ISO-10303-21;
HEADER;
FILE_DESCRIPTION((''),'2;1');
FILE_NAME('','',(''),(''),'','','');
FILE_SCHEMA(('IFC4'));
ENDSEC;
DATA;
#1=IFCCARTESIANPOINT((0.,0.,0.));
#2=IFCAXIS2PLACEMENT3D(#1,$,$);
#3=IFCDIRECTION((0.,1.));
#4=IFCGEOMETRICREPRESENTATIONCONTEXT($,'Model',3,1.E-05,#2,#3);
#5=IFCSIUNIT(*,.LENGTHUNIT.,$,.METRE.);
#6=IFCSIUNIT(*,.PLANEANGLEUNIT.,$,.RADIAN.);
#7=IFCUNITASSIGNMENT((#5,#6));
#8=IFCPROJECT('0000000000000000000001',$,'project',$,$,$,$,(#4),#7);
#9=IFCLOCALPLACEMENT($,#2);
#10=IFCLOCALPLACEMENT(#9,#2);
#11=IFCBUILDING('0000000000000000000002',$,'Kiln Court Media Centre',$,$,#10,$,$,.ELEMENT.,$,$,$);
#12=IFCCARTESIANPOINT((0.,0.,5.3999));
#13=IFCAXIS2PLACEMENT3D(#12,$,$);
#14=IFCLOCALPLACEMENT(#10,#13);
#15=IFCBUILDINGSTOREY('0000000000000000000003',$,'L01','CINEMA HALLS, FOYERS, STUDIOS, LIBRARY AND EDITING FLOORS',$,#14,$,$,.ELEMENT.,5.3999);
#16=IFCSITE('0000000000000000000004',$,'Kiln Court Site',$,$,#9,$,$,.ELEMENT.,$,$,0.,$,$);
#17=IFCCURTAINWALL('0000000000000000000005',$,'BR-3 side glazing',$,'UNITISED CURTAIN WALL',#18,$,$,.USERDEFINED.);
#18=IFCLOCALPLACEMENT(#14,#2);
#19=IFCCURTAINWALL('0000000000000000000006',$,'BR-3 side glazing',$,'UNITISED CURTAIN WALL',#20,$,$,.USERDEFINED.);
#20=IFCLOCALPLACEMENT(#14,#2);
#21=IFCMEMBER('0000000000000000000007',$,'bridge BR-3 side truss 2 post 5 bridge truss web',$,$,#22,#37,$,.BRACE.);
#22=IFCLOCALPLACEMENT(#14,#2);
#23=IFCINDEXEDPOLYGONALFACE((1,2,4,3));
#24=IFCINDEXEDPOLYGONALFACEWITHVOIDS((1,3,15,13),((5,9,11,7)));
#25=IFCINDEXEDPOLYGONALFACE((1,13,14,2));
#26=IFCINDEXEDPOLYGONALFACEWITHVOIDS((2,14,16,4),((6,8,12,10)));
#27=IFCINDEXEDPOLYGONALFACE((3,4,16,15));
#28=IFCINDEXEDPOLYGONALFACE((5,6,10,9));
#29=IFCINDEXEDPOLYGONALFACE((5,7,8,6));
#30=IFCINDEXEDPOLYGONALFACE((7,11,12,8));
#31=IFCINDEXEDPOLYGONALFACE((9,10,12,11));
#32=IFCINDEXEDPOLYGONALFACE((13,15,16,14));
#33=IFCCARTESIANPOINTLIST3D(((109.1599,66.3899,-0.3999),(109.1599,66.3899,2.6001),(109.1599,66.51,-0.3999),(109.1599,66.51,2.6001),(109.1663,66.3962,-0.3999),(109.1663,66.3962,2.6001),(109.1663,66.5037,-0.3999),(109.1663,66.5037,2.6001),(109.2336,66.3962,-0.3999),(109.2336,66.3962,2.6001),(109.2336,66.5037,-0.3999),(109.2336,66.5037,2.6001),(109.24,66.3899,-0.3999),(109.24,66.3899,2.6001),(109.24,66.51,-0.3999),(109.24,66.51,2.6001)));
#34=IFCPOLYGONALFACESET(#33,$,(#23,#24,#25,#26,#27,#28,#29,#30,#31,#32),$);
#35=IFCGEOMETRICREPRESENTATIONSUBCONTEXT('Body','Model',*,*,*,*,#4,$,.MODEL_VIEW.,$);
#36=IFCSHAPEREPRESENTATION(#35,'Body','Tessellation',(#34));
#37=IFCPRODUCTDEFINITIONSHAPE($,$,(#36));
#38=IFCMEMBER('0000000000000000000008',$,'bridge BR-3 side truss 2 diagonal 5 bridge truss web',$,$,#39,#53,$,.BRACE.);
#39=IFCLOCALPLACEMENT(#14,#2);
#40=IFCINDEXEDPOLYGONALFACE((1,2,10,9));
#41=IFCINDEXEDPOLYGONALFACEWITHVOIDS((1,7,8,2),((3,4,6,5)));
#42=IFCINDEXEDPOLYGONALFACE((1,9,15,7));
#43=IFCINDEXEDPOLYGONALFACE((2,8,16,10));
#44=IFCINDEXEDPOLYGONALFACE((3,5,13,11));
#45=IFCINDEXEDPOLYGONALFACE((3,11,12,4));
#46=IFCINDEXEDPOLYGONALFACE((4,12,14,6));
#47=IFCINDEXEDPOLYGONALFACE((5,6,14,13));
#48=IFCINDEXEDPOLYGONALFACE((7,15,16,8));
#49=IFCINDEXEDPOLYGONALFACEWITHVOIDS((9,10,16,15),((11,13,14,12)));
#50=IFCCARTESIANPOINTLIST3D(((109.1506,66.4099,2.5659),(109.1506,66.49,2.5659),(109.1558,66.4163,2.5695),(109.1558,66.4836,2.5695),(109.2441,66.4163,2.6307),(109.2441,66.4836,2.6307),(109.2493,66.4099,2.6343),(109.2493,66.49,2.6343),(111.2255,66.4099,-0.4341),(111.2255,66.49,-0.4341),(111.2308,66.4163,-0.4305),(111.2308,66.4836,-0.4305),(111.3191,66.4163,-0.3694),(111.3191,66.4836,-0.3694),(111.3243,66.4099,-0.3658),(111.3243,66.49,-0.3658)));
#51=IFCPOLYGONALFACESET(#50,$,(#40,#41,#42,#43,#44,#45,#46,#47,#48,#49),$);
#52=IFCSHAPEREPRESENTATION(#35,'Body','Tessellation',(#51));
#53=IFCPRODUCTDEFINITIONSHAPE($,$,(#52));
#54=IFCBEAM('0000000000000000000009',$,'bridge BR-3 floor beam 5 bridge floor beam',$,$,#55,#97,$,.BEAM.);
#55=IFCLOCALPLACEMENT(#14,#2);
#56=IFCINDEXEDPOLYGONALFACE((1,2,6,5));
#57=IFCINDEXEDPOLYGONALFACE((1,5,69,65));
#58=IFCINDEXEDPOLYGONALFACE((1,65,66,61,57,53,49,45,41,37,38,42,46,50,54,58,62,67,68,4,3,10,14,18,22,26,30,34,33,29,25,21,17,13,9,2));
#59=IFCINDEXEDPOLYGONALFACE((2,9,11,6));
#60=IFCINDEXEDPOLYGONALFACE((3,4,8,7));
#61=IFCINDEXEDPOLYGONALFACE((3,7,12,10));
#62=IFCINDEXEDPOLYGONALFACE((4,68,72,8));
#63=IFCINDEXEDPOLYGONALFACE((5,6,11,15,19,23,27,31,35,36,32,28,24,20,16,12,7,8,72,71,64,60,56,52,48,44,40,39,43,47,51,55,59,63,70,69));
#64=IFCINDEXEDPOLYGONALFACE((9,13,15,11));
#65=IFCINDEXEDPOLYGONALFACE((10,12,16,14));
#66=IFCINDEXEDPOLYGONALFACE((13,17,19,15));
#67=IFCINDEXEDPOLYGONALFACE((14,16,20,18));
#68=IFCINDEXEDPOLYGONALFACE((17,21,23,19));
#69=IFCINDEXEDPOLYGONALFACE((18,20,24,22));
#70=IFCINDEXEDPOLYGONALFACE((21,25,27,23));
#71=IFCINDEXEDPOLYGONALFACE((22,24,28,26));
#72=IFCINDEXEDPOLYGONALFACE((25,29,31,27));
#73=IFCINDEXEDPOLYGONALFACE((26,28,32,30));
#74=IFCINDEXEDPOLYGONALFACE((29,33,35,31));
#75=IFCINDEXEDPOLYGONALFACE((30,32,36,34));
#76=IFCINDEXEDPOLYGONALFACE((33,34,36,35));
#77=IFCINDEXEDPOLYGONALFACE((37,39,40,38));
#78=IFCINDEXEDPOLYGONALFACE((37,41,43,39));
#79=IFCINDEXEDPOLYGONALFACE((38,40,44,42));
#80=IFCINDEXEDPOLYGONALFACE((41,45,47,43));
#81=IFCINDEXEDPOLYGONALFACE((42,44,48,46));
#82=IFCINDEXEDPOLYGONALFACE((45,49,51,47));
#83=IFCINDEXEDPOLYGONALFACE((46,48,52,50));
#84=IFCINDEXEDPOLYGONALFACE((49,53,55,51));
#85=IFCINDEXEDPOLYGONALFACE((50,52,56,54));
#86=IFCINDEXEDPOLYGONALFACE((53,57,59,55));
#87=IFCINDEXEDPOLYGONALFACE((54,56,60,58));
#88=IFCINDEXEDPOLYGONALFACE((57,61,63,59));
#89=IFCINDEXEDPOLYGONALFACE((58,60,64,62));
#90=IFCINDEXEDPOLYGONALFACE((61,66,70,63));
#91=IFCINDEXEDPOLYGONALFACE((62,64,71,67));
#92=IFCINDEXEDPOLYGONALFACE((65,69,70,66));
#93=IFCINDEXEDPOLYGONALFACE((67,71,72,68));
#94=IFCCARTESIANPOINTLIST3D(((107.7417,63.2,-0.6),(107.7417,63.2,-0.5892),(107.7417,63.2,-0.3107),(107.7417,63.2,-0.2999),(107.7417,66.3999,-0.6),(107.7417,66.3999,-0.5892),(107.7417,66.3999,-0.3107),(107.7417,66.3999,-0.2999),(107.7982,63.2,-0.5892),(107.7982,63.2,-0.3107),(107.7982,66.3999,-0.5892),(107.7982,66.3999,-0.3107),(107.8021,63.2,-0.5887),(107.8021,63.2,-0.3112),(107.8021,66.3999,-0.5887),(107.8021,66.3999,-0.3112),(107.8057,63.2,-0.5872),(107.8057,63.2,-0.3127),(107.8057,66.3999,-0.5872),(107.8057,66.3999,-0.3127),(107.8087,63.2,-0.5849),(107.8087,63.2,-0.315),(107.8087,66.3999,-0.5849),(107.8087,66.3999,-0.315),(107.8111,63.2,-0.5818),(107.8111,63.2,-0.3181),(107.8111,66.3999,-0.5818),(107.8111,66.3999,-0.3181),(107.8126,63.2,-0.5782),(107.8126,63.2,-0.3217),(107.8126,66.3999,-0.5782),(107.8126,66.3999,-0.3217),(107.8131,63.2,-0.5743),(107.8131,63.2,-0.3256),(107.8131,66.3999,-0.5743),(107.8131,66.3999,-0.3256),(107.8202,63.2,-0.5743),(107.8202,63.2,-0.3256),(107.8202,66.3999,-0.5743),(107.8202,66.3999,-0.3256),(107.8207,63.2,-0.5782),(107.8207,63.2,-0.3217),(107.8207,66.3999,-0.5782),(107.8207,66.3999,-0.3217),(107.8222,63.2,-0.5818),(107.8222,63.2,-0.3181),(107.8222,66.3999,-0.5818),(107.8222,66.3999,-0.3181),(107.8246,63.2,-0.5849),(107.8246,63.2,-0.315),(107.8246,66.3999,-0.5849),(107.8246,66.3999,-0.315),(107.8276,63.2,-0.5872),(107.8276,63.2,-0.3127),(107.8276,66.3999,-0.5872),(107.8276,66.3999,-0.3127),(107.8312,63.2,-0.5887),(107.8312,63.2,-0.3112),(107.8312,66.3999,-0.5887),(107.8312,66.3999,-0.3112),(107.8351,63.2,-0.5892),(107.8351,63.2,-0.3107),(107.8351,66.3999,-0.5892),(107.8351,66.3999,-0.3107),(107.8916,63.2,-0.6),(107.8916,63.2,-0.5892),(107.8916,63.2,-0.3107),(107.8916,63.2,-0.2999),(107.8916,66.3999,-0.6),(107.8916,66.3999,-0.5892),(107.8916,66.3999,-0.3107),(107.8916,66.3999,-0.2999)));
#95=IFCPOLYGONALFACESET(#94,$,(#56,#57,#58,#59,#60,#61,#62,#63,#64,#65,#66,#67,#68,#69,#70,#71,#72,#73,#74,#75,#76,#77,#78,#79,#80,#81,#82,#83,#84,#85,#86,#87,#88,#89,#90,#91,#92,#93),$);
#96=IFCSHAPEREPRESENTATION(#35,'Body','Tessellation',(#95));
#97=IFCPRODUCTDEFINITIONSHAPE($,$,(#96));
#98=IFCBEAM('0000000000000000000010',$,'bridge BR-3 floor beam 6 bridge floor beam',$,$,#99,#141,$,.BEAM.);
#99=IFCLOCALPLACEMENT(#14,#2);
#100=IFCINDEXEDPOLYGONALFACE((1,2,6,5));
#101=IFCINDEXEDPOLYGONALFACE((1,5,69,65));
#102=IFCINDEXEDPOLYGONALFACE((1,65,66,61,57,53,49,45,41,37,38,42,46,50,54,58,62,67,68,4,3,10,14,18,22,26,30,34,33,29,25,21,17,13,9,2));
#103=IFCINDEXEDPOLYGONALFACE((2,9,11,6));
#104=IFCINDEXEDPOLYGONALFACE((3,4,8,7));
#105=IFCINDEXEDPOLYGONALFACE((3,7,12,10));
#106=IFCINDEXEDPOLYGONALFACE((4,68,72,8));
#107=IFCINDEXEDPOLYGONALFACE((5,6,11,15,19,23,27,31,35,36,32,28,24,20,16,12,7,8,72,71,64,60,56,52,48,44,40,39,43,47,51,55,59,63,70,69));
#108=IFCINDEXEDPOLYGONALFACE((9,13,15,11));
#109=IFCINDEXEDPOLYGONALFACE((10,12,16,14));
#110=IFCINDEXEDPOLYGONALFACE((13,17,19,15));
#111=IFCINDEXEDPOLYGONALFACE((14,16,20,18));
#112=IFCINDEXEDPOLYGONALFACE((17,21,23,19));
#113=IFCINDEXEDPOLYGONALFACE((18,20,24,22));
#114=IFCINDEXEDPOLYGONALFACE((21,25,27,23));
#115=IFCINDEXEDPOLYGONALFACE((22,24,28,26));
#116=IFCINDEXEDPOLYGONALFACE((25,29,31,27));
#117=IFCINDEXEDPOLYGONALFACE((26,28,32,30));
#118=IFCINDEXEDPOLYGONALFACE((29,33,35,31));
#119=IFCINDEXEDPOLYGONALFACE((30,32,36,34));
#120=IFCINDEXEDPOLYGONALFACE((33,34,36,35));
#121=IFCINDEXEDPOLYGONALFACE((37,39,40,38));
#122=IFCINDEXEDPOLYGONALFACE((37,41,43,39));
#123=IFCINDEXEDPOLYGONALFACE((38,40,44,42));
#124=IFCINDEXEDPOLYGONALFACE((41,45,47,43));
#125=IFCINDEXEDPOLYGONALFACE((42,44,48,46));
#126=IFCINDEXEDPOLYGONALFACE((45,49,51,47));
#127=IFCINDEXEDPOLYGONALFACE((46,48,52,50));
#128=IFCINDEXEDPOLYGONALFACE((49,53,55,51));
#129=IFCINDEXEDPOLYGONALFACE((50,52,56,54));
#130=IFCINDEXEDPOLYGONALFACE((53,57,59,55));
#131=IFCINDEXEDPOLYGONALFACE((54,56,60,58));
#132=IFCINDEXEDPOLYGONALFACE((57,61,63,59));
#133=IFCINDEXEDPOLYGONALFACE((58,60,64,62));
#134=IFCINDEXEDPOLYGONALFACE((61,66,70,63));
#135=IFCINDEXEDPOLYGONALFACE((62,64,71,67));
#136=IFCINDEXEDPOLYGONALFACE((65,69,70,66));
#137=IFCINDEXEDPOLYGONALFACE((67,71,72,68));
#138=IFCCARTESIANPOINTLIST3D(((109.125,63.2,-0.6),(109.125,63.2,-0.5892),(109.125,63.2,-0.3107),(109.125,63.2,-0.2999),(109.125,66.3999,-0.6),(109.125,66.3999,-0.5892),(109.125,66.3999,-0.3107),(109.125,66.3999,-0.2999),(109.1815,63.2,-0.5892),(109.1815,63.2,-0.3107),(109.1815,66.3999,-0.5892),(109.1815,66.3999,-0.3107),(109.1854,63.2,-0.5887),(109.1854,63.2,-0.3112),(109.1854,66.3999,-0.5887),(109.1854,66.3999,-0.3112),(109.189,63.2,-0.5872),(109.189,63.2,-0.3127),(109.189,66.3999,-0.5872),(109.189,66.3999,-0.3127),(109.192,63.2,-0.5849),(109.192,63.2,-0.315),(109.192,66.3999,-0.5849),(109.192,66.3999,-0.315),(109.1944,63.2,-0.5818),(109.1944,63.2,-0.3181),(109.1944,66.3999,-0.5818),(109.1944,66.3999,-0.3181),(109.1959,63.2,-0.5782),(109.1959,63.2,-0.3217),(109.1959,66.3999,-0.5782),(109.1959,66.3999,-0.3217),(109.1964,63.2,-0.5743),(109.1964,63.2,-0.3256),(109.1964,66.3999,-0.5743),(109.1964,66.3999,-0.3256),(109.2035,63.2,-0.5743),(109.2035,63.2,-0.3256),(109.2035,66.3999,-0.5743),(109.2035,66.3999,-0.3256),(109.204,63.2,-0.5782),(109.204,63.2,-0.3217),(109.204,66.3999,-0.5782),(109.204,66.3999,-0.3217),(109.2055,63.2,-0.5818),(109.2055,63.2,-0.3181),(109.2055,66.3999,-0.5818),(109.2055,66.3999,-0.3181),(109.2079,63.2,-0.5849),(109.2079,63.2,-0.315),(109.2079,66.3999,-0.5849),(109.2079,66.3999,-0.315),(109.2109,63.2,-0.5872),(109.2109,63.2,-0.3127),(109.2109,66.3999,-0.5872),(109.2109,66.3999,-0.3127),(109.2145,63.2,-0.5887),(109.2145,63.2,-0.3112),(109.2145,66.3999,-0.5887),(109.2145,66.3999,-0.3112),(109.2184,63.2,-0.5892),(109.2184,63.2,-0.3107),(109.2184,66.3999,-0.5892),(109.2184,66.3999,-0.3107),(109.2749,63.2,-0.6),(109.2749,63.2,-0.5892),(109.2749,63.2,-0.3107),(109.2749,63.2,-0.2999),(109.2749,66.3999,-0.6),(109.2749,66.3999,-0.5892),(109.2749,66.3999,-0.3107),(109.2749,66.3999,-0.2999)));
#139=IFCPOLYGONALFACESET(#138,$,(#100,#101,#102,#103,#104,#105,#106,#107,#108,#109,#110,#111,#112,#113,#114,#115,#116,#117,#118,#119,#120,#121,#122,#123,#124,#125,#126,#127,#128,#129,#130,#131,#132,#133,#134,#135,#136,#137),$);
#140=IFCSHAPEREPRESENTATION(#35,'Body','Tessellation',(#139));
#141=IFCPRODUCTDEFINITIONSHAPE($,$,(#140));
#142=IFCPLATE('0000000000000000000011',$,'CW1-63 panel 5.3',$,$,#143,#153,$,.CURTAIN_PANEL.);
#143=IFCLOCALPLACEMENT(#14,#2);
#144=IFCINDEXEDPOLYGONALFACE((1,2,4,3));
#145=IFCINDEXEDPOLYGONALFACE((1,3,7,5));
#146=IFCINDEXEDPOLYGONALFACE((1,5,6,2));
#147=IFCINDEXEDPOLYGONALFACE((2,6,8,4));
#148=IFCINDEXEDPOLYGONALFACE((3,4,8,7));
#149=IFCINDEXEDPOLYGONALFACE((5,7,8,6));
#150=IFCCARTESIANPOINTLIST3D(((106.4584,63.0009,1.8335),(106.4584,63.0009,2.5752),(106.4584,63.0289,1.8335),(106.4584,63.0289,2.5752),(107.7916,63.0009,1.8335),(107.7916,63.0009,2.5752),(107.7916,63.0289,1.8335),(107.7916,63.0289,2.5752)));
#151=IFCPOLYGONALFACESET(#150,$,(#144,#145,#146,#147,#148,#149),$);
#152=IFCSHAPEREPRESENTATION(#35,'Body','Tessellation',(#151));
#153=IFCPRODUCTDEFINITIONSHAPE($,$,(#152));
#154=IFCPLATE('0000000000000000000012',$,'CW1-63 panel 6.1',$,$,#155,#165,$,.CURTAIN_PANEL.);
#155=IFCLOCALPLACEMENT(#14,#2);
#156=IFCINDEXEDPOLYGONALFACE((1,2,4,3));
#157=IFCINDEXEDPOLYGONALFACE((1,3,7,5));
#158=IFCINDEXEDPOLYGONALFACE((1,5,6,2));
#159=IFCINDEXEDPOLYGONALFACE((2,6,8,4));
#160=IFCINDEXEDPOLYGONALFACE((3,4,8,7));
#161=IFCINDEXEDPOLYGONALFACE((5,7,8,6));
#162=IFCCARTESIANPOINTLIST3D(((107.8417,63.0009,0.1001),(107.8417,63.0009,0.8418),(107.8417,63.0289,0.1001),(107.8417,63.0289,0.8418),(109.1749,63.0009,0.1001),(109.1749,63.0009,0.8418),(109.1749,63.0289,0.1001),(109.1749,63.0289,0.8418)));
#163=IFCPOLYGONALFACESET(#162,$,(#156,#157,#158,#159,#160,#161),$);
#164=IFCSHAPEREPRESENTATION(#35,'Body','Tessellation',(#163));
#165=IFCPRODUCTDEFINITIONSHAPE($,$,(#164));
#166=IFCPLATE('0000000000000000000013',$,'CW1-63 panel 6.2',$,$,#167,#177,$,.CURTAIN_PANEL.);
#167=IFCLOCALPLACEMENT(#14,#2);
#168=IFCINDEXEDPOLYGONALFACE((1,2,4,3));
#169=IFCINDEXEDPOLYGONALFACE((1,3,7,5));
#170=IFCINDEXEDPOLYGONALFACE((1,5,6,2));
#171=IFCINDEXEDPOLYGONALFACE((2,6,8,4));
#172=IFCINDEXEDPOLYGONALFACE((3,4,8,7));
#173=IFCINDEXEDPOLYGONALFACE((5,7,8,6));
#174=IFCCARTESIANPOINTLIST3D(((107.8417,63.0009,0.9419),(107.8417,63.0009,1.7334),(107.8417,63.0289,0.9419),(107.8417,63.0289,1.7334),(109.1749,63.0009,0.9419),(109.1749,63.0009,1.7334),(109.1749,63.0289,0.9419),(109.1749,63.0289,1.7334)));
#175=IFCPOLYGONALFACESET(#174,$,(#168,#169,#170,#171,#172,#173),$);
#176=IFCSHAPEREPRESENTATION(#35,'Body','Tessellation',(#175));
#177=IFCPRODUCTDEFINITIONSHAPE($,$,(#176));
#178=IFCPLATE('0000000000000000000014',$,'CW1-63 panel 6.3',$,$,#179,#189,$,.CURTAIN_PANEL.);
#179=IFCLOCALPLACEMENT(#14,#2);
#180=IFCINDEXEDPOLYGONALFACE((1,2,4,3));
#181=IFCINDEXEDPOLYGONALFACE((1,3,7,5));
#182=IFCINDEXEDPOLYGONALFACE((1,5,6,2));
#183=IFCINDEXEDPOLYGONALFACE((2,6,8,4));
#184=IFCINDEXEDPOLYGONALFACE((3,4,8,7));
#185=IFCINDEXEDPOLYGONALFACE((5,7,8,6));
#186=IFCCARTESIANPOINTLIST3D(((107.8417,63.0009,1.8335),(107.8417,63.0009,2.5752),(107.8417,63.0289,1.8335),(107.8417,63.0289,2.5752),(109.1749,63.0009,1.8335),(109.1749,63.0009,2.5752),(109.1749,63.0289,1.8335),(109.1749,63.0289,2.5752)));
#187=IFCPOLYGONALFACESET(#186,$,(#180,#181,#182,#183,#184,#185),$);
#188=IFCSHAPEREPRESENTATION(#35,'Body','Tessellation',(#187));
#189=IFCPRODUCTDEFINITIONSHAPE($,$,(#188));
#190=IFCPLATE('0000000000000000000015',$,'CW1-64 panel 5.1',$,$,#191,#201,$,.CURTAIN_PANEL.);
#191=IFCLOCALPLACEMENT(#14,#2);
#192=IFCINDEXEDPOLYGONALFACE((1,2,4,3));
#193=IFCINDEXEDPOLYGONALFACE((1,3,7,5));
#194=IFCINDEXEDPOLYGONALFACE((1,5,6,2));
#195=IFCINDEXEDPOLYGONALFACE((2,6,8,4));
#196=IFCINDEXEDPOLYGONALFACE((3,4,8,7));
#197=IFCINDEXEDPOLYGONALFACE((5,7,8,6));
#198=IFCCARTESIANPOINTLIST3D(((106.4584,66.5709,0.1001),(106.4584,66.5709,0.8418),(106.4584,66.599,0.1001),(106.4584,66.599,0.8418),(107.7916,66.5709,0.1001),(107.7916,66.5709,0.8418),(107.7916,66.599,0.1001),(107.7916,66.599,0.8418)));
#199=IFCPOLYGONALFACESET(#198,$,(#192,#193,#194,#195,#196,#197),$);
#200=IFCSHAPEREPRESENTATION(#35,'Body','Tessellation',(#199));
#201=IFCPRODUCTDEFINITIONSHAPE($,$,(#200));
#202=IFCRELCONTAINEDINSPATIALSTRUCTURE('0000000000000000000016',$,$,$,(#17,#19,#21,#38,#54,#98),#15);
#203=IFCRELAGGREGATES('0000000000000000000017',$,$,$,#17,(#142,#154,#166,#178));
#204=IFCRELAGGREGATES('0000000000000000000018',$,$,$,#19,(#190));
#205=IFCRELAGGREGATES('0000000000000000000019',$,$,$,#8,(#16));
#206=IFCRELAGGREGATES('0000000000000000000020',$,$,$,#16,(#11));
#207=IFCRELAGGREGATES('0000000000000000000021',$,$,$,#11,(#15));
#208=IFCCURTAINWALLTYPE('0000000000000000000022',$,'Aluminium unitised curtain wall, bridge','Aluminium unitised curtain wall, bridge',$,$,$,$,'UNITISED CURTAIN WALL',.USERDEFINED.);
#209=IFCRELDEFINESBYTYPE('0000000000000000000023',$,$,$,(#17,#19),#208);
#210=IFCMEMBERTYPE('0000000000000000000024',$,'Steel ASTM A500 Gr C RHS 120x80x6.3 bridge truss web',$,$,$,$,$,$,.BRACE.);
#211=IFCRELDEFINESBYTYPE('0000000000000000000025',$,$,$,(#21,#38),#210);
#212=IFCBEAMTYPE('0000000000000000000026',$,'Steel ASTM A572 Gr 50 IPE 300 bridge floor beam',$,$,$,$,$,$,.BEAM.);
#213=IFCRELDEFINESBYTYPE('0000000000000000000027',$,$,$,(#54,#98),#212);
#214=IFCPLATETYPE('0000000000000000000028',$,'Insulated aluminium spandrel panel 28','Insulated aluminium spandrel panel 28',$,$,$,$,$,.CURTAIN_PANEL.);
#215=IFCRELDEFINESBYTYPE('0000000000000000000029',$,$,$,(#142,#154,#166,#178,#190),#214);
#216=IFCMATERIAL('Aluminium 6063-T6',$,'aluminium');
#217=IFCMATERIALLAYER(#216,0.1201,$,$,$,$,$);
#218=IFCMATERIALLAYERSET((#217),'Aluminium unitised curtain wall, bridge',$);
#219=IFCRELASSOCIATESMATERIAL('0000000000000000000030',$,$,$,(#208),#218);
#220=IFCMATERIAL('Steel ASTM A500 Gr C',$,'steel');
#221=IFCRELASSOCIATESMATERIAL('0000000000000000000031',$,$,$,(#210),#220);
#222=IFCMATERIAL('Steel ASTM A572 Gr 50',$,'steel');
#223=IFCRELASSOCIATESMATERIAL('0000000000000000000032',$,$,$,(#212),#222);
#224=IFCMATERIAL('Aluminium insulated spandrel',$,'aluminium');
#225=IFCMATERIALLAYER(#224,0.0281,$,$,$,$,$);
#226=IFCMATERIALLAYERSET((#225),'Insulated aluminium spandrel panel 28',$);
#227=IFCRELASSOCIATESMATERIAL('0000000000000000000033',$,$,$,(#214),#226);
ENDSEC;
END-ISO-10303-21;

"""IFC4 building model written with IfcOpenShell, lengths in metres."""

from ifc_helpers import new_model, si_unit, direction, frame, origin, origin_2d, place, context, subcontext, project, spatial, rectangle, hollow_rectangle, i_section, extrude, material, layer, layer_set, material_profile, profile_set, type_object, element, aggregate, save


model = new_model("IFC4")

# Units and contexts
model_context = context("Model", 3, precision=1e-05, world=origin(), true_north=direction((0.0, 1.0)))
body_context = subcontext(model_context, "Body", "Model", "MODEL_VIEW")
ifc_project = project(units=[si_unit("LENGTHUNIT", "METRE"), si_unit("PLANEANGLEUNIT", "RADIAN")], contexts=[model_context])

# Site, building, storey
site_placement = place(None, origin())
site = spatial("IfcSite", under=ifc_project, at=site_placement, Name="Kiln Court Site", CompositionType="ELEMENT", RefElevation=0.0)
building_placement = place(site_placement, origin())
building = spatial("IfcBuilding", under=site, at=building_placement, Name="Kiln Court Media Centre", CompositionType="ELEMENT")
storey_placement = place(building_placement, frame((0.0, 0.0, 5.3999)))
storey = spatial("IfcBuildingStorey", under=building, at=storey_placement, Name="L01", Description="CINEMA HALLS, FOYERS, STUDIOS, LIBRARY AND EDITING FLOORS", CompositionType="ELEMENT", Elevation=5.3999)

# Curtain wall
ifc_material_1 = material(Name="Aluminium 6063-T6", Category="aluminium")
ifc_layer_1 = layer(ifc_material_1, 0.1201)
ifc_layer_set_1 = layer_set([ifc_layer_1], Name="Aluminium unitised curtain wall, bridge")
curtain_wall_type = type_object("IfcCurtainWallType", Name="Aluminium unitised curtain wall, bridge", Description="Aluminium unitised curtain wall, bridge", ElementType="UNITISED CURTAIN WALL", PredefinedType="USERDEFINED", material=ifc_layer_set_1)
curtain_wall_1_placement = place(storey_placement, origin())
curtain_wall_1 = element("IfcCurtainWall", 1, at=curtain_wall_1_placement, inside=storey, type_object=curtain_wall_type, Name="BR-3 side glazing", ObjectType="UNITISED CURTAIN WALL", PredefinedType="USERDEFINED")

# Curtain wall
curtain_wall_2_placement = place(storey_placement, origin())
curtain_wall_2 = element("IfcCurtainWall", 2, at=curtain_wall_2_placement, inside=storey, type_object=curtain_wall_type, Name="BR-3 side glazing", ObjectType="UNITISED CURTAIN WALL", PredefinedType="USERDEFINED")

# Members
ifc_material_2 = material(Name="Steel ASTM A500 Gr C", Category="steel")
ifc_material_profile_1 = material_profile(ifc_material_2, hollow_rectangle(XDim=0.0801, YDim=0.1201, WallThickness=0.0063, at=origin_2d()), Name="RHS 120x80x6.3")
ifc_profile_set_1 = profile_set([ifc_material_profile_1], Name="Steel ASTM A500 Gr C")
member_type_1 = type_object("IfcMemberType", Name="Steel ASTM A500 Gr C RHS 120x80x6.3 bridge truss web", PredefinedType="BRACE", material=ifc_profile_set_1)
member_1_placement = place(storey_placement, frame((109.2, 66.45, -0.3999), z_axis=(0.0, 0.0, 1.0), x_axis=(1.0, 0.0, 0.0)))
element("IfcMember", 3, at=member_1_placement, inside=storey, type_object=member_type_1, Name="bridge BR-3 side truss 2 post 5 bridge truss web", PredefinedType="BRACE", context=body_context, shape_type="SweptSolid", body=[
    extrude(hollow_rectangle(XDim=0.0801, YDim=0.1201, WallThickness=0.0063, at=origin_2d()), origin(), (0.0, 0.0, 1.0), 3.0),
])
member_2_placement = place(storey_placement, frame((109.2, 66.45, 2.6001), z_axis=(0.568844, 0.0, -0.822445), x_axis=(0.0, 1.0, 0.0)))
element("IfcMember", 4, at=member_2_placement, inside=storey, type_object=member_type_1, Name="bridge BR-3 side truss 2 diagonal 5 bridge truss web", PredefinedType="BRACE", context=body_context, shape_type="SweptSolid", body=[
    extrude(hollow_rectangle(XDim=0.0801, YDim=0.1201, WallThickness=0.0063, at=origin_2d()), origin(), (0.0, 0.0, 1.0), 3.6477),
])

# Beams
ifc_material_3 = material(Name="Steel ASTM A572 Gr 50", Category="steel")
ifc_material_profile_2 = material_profile(ifc_material_3, i_section(OverallWidth=0.1499, OverallDepth=0.3, WebThickness=0.0071, FlangeThickness=0.0107, FilletRadius=0.0149, at=origin_2d()), Name="IPE 300")
ifc_profile_set_2 = profile_set([ifc_material_profile_2], Name="Steel ASTM A572 Gr 50")
beam_type = type_object("IfcBeamType", Name="Steel ASTM A572 Gr 50 IPE 300 bridge floor beam", PredefinedType="BEAM", material=ifc_profile_set_2)
for number, where, z_axis, x_axis, name in (
    (5, (107.8167, 63.2, -0.45), (0.0, 1.0, 0.0), (-1.0, 0.0, 0.0), "bridge BR-3 floor beam 5 bridge floor beam"),
    (6, (109.2, 63.2, -0.45), (0.0, 1.0, 0.0), (-1.0, 0.0, 0.0), "bridge BR-3 floor beam 6 bridge floor beam"),
):
    element("IfcBeam", number, at=place(storey_placement, frame(where, z_axis=z_axis, x_axis=x_axis)), inside=storey, type_object=beam_type, Name=name, PredefinedType="BEAM", context=body_context, shape_type="SweptSolid", body=[
        extrude(i_section(OverallWidth=0.1499, OverallDepth=0.3, WebThickness=0.0071, FlangeThickness=0.0107, FilletRadius=0.0149, at=origin_2d()), origin(), (0.0, 0.0, 1.0), 3.2),
    ])

# Plates
ifc_material_4 = material(Name="Aluminium insulated spandrel", Category="aluminium")
ifc_layer_2 = layer(ifc_material_4, 0.0281)
ifc_layer_set_2 = layer_set([ifc_layer_2], Name="Insulated aluminium spandrel panel 28")
plate_type_1 = type_object("IfcPlateType", Name="Insulated aluminium spandrel panel 28", Description="Insulated aluminium spandrel panel 28", PredefinedType="CURTAIN_PANEL", material=ifc_layer_set_2)
plate_1_placement = place(storey_placement, frame((107.125, 63.0149, 1.8335), z_axis=(0.0, 0.0, 1.0), x_axis=(1.0, 0.0, 0.0)))
plate_1 = element("IfcPlate", 7, at=plate_1_placement, type_object=plate_type_1, Name="CW1-63 panel 5.3", PredefinedType="CURTAIN_PANEL", context=body_context, shape_type="SweptSolid", body=[
    extrude(rectangle(XDim=1.3333, YDim=0.0281, at=origin_2d()), origin(), (0.0, 0.0, 1.0), 0.7417),
])
plate_2_placement = place(storey_placement, frame((108.5083, 63.0149, 0.1001), z_axis=(0.0, 0.0, 1.0), x_axis=(1.0, 0.0, 0.0)))
plate_2 = element("IfcPlate", 8, at=plate_2_placement, type_object=plate_type_1, Name="CW1-63 panel 6.1", PredefinedType="CURTAIN_PANEL", context=body_context, shape_type="SweptSolid", body=[
    extrude(rectangle(XDim=1.3333, YDim=0.0281, at=origin_2d()), origin(), (0.0, 0.0, 1.0), 0.7417),
])
plate_3_placement = place(storey_placement, frame((108.5083, 63.0149, 0.9419), z_axis=(0.0, 0.0, 1.0), x_axis=(1.0, 0.0, 0.0)))
plate_3 = element("IfcPlate", 9, at=plate_3_placement, type_object=plate_type_1, Name="CW1-63 panel 6.2", PredefinedType="CURTAIN_PANEL", context=body_context, shape_type="SweptSolid", body=[
    extrude(rectangle(XDim=1.3333, YDim=0.0281, at=origin_2d()), origin(), (0.0, 0.0, 1.0), 0.7915),
])
plate_4_placement = place(storey_placement, frame((108.5083, 63.0149, 1.8335), z_axis=(0.0, 0.0, 1.0), x_axis=(1.0, 0.0, 0.0)))
plate_4 = element("IfcPlate", 10, at=plate_4_placement, type_object=plate_type_1, Name="CW1-63 panel 6.3", PredefinedType="CURTAIN_PANEL", context=body_context, shape_type="SweptSolid", body=[
    extrude(rectangle(XDim=1.3333, YDim=0.0281, at=origin_2d()), origin(), (0.0, 0.0, 1.0), 0.7417),
])
aggregate(curtain_wall_1, [plate_1, plate_2, plate_3, plate_4])
plate_5_placement = place(storey_placement, frame((107.125, 66.585, 0.1001), z_axis=(0.0, 0.0, 1.0), x_axis=(1.0, 0.0, 0.0)))
plate_5 = element("IfcPlate", 11, at=plate_5_placement, type_object=plate_type_1, Name="CW1-64 panel 5.1", PredefinedType="CURTAIN_PANEL", context=body_context, shape_type="SweptSolid", body=[
    extrude(rectangle(XDim=1.3333, YDim=0.0281, at=origin_2d()), origin(), (0.0, 0.0, 1.0), 0.7417),
])
aggregate(curtain_wall_2, [plate_5])

save(model, "model.ifc")
